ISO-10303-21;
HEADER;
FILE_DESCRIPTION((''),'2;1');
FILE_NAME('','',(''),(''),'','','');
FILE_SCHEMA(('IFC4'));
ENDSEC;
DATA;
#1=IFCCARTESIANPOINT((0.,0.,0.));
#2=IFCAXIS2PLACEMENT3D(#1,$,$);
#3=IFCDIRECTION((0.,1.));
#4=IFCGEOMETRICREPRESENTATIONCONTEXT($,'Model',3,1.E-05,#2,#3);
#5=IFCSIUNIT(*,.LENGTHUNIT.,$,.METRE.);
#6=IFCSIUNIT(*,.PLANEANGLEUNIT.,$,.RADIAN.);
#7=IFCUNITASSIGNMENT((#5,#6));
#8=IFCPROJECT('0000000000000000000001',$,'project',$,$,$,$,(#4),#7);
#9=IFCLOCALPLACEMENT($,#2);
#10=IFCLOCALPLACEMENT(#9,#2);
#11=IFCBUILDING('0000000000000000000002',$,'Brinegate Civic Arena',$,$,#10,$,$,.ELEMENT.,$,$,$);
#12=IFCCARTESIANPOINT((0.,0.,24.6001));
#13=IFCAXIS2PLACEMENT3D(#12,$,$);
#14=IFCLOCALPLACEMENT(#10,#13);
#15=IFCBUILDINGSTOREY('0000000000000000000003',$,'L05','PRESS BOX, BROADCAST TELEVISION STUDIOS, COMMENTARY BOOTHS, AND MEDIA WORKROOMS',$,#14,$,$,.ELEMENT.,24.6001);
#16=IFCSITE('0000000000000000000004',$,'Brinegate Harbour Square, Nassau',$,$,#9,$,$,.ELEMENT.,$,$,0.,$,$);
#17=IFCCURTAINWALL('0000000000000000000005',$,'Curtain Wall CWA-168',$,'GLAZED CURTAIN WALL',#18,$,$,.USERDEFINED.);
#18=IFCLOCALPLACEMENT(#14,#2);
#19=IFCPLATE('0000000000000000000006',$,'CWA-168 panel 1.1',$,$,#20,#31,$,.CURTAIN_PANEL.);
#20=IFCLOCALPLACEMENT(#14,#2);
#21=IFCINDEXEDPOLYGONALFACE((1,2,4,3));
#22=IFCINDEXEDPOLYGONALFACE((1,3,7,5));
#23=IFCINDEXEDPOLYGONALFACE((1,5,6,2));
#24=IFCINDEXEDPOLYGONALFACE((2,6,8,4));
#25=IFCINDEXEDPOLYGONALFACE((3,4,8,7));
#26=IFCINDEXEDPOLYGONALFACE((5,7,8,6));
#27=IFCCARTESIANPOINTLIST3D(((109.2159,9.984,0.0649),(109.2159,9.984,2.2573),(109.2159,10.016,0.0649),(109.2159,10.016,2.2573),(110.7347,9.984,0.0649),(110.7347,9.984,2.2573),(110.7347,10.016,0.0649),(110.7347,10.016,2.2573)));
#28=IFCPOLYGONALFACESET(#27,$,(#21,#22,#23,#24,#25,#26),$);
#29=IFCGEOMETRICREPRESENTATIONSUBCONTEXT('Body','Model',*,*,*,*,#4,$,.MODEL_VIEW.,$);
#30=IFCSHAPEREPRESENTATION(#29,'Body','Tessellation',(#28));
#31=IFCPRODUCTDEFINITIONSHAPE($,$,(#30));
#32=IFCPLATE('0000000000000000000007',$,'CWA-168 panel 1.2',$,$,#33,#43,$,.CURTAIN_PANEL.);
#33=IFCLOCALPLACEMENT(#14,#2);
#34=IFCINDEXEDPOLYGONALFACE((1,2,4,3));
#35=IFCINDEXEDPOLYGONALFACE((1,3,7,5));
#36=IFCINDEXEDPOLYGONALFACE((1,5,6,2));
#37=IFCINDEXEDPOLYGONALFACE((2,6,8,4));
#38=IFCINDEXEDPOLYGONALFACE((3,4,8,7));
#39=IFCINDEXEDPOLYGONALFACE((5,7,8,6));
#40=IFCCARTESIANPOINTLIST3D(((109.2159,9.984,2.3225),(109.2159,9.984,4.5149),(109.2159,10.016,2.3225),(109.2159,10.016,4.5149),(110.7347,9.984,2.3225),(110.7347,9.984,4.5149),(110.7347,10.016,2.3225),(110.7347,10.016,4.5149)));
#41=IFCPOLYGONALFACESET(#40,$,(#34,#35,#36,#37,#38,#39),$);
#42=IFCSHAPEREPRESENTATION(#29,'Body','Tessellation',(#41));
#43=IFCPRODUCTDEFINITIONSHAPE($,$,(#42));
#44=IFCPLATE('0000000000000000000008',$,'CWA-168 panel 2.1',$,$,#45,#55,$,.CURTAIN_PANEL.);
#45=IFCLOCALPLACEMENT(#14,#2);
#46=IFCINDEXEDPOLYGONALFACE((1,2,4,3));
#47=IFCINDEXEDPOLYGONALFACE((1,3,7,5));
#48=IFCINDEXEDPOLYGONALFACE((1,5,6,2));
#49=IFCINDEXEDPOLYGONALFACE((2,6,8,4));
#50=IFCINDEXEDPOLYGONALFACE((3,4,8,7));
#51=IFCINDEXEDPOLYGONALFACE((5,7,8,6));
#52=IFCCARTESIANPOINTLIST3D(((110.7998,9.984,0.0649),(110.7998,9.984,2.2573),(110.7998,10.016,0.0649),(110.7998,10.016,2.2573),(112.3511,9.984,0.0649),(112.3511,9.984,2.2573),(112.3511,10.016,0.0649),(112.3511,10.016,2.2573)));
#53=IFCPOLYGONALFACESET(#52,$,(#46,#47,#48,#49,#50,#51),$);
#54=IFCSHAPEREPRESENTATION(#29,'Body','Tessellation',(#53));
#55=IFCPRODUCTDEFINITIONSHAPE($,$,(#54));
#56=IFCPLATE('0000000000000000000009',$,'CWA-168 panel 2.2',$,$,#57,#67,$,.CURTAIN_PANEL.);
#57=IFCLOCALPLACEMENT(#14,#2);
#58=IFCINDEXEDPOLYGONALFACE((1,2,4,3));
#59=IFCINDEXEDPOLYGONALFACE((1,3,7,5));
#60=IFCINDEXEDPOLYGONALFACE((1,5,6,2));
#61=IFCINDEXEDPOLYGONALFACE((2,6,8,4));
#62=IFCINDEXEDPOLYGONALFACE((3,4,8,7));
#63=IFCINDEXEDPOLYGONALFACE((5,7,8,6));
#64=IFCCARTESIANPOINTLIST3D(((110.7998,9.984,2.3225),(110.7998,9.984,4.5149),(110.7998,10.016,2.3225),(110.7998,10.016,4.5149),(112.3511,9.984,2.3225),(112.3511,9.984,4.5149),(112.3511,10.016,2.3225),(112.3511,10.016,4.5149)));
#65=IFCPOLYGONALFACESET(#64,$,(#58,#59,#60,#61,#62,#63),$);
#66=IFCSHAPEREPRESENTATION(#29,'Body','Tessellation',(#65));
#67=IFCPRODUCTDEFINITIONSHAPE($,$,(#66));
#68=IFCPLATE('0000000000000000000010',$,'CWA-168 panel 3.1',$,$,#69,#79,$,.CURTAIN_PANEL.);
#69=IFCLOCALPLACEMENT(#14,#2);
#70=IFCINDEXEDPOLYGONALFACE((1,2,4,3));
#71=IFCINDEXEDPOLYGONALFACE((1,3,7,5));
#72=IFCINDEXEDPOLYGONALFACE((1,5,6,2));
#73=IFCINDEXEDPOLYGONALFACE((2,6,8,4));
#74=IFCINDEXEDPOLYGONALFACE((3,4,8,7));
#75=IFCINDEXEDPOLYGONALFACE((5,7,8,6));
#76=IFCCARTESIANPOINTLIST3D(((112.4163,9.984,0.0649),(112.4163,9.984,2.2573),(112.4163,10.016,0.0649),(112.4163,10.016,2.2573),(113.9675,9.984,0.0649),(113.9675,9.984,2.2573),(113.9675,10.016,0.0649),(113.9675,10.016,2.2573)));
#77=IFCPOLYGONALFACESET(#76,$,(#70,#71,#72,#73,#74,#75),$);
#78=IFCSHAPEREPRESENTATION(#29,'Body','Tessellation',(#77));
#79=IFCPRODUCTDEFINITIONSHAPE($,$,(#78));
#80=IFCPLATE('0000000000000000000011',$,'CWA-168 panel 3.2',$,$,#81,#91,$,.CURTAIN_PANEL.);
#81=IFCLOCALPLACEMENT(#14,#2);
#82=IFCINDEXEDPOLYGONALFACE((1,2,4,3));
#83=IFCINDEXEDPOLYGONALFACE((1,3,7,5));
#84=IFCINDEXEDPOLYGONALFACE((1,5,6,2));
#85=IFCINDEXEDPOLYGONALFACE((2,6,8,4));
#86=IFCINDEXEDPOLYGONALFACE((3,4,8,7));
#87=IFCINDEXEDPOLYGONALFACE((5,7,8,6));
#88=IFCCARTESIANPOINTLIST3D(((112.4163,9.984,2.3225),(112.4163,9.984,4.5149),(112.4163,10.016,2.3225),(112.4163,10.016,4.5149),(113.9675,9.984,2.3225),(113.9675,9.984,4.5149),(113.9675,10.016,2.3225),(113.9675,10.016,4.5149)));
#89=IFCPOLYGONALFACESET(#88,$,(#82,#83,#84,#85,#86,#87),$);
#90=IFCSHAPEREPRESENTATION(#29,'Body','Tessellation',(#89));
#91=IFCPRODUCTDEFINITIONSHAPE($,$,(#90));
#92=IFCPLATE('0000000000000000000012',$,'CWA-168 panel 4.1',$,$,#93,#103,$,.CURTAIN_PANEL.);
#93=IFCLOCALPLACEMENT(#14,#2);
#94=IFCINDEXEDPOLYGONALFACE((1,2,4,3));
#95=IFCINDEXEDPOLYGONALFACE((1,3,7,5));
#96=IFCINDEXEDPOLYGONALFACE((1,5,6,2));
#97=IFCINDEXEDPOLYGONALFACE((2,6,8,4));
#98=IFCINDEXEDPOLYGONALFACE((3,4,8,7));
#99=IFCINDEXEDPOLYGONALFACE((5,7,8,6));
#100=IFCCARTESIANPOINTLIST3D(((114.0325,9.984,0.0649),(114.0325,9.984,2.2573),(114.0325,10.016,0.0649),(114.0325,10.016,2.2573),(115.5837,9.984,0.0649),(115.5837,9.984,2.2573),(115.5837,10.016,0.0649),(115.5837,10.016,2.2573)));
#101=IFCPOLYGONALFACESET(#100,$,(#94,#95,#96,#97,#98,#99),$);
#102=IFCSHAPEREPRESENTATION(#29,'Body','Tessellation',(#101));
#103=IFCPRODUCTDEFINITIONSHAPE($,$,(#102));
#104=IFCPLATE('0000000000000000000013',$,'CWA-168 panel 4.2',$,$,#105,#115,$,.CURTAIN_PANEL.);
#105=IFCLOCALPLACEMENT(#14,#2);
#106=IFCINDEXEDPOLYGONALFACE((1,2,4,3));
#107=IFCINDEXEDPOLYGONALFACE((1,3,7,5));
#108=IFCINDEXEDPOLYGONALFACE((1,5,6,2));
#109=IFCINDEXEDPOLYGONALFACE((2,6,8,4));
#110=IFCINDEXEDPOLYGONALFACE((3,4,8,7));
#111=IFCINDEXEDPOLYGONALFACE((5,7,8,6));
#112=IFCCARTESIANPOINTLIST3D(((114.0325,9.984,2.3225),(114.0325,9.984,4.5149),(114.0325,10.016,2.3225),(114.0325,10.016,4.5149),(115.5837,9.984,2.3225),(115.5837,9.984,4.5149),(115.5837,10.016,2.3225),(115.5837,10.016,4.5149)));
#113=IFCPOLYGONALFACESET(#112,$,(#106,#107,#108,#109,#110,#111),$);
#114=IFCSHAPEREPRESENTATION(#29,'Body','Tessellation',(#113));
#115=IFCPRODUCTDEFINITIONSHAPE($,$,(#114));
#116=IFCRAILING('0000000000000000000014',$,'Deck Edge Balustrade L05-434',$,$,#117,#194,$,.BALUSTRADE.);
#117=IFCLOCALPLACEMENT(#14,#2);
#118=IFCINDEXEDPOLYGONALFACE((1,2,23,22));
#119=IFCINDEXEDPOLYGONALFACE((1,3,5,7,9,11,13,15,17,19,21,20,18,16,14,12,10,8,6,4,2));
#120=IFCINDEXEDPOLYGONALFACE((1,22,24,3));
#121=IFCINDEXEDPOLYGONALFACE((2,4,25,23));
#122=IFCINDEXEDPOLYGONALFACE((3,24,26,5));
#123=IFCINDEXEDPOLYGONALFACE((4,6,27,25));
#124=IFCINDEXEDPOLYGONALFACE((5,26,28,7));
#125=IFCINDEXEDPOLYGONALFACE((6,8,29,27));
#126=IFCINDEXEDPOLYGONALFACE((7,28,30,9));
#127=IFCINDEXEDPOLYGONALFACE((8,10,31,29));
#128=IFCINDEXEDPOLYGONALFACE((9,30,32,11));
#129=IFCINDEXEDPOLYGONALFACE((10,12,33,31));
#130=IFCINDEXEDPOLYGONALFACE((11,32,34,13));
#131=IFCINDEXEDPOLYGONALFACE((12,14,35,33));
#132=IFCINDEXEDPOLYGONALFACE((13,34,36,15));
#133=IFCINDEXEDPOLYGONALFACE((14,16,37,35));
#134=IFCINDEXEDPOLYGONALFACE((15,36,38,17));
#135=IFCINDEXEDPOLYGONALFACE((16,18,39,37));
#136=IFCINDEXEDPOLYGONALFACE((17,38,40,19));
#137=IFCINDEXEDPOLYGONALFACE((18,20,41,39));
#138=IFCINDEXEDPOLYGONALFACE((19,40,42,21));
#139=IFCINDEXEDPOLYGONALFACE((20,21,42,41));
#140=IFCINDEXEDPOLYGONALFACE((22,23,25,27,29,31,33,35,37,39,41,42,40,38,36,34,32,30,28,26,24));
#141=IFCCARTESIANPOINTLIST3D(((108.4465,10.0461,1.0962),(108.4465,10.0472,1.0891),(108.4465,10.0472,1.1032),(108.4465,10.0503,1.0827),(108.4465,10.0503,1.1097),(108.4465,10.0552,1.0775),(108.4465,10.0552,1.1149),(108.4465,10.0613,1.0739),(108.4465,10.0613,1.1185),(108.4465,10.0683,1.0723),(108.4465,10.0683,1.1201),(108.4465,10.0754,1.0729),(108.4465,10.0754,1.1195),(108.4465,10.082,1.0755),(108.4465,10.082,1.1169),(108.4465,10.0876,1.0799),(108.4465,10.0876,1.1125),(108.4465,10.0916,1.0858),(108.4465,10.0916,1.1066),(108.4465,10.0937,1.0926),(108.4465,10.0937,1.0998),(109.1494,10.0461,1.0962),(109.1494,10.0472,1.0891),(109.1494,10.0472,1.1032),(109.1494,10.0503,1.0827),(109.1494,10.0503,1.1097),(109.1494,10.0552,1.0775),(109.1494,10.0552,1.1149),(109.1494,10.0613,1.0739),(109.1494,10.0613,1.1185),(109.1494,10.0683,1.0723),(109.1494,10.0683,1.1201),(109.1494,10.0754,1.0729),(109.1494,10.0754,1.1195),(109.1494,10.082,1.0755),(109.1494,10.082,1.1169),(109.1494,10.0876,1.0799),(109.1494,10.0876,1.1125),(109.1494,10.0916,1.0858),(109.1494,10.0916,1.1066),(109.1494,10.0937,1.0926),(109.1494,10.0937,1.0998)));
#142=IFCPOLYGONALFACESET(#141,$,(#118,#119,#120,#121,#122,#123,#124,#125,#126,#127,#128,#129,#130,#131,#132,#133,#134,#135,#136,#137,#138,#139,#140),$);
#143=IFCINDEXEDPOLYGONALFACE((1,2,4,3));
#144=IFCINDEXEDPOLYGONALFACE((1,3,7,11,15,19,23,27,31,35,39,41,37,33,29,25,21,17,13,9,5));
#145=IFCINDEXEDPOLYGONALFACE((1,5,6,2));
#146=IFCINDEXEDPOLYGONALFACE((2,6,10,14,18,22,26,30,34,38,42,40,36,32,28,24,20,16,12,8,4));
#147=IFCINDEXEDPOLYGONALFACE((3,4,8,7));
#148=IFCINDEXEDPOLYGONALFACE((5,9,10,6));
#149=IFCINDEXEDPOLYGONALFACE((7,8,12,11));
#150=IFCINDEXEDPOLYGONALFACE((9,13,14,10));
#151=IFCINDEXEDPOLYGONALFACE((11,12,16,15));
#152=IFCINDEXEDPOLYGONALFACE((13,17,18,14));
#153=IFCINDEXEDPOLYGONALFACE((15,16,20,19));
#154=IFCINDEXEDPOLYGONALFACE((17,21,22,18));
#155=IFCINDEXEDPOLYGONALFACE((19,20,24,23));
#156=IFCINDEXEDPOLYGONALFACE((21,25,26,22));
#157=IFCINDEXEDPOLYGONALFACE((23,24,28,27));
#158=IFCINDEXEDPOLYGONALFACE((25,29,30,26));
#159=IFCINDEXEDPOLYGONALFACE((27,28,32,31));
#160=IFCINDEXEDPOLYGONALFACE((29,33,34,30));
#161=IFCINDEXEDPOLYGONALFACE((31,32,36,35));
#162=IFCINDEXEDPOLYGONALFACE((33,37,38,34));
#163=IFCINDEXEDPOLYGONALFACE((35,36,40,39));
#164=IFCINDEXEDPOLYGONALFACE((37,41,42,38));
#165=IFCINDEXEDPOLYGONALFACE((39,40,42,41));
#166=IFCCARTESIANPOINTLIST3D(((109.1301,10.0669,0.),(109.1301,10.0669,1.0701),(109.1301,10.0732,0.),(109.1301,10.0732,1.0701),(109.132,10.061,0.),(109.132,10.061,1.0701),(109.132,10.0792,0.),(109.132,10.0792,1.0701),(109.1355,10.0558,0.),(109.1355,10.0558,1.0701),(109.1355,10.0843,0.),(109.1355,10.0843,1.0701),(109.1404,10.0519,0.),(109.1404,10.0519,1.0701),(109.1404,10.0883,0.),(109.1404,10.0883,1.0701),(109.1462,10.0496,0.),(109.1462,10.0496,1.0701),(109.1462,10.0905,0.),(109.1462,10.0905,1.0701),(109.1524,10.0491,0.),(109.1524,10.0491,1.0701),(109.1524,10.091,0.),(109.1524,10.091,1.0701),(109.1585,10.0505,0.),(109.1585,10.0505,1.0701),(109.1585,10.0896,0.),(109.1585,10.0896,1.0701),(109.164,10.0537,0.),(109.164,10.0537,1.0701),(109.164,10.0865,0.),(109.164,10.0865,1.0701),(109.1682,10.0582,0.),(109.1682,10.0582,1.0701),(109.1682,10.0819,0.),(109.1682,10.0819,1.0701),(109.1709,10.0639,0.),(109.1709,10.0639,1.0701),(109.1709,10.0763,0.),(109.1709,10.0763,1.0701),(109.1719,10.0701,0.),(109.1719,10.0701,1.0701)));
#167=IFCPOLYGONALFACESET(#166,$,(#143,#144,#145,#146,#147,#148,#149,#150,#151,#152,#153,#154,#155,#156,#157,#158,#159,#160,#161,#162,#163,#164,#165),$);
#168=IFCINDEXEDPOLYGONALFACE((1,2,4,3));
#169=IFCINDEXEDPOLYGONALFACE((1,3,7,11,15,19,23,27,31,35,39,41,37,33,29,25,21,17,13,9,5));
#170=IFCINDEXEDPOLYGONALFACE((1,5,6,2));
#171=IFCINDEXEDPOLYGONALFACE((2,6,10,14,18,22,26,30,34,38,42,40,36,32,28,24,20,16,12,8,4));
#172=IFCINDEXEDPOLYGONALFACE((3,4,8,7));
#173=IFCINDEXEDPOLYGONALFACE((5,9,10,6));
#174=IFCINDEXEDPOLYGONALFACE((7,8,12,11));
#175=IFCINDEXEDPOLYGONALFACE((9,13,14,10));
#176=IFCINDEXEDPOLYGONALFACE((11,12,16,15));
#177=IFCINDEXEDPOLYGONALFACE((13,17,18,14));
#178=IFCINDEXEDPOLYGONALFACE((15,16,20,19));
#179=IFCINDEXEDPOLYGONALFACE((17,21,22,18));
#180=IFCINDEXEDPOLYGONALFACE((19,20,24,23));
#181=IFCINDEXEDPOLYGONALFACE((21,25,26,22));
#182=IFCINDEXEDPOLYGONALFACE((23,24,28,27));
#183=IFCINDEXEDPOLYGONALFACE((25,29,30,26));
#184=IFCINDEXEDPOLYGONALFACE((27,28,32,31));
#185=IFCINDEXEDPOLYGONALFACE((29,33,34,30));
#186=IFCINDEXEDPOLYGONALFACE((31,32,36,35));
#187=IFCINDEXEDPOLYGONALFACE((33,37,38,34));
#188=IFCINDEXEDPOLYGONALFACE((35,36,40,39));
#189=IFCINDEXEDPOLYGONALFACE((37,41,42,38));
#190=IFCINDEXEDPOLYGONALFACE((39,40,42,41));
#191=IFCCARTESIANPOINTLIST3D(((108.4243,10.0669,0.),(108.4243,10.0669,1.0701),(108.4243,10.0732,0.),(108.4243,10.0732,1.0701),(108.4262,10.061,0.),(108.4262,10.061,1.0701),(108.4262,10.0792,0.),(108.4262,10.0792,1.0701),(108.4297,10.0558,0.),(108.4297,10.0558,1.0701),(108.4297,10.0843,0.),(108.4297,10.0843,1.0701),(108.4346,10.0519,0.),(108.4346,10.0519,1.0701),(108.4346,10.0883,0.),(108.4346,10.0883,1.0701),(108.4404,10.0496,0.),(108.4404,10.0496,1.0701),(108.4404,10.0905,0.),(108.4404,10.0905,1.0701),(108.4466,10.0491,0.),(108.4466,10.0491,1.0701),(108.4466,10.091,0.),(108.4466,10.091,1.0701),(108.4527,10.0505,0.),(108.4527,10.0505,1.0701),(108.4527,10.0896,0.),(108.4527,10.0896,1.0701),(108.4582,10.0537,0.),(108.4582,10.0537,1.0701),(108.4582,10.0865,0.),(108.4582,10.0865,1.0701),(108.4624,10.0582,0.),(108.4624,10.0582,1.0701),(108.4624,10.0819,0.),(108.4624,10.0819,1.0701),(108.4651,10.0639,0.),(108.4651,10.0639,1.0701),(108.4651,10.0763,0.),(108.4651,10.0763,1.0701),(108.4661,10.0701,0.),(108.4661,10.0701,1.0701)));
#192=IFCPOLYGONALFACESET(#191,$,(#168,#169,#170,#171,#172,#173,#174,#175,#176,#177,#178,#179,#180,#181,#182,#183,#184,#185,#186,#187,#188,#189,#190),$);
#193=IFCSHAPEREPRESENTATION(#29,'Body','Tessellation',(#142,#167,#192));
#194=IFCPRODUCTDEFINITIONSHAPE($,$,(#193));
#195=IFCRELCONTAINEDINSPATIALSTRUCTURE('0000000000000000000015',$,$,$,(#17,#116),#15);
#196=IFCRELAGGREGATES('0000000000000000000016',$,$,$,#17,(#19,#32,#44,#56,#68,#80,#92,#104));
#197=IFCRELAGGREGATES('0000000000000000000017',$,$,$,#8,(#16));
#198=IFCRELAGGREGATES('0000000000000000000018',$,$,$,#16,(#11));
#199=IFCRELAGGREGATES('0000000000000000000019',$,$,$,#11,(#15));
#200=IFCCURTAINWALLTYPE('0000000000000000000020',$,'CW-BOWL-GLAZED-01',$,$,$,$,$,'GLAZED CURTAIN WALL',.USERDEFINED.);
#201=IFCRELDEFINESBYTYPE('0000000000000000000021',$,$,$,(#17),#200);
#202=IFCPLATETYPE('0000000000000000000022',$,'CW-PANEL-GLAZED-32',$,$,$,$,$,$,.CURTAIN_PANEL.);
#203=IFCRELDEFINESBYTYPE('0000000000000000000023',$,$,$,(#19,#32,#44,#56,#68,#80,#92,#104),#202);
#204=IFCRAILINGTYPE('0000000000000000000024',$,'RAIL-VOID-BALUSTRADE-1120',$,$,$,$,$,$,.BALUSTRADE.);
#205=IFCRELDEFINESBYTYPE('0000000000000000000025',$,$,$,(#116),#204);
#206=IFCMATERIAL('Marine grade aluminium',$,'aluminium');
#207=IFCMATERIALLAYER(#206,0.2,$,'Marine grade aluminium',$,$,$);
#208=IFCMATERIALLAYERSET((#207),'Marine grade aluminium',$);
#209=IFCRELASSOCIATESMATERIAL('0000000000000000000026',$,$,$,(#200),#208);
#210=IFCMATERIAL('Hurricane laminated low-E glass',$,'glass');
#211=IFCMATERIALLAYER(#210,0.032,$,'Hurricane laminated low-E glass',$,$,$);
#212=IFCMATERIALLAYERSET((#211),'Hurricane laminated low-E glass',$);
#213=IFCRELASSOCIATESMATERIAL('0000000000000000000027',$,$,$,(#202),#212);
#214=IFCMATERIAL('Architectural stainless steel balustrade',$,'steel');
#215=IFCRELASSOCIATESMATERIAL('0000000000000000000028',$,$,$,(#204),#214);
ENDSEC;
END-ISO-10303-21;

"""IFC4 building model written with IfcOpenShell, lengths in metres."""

from ifc_helpers import new_model, si_unit, direction, frame, origin, origin_2d, place, context, subcontext, project, spatial, rectangle, circle, extrude, material, layer, layer_set, type_object, element, aggregate, save


model = new_model("IFC4")

# Units and contexts
model_context = context("Model", 3, precision=1e-05, world=origin(), true_north=direction((0.0, 1.0)))
body_context = subcontext(model_context, "Body", "Model", "MODEL_VIEW")
ifc_project = project(units=[si_unit("LENGTHUNIT", "METRE"), si_unit("PLANEANGLEUNIT", "RADIAN")], contexts=[model_context])

# Site, building, storey
site_placement = place(None, origin())
site = spatial("IfcSite", under=ifc_project, at=site_placement, Name="Brinegate Harbour Square, Nassau", CompositionType="ELEMENT", RefElevation=0.0)
building_placement = place(site_placement, origin())
building = spatial("IfcBuilding", under=site, at=building_placement, Name="Brinegate Civic Arena", CompositionType="ELEMENT")
storey_placement = place(building_placement, frame((0.0, 0.0, 24.6001)))
storey = spatial("IfcBuildingStorey", under=building, at=storey_placement, Name="L05", Description="PRESS BOX, BROADCAST TELEVISION STUDIOS, COMMENTARY BOOTHS, AND MEDIA WORKROOMS", CompositionType="ELEMENT", Elevation=24.6001)

# Curtain wall
ifc_material_1 = material(Name="Marine grade aluminium", Category="aluminium")
ifc_layer_1 = layer(ifc_material_1, 0.2, Name="Marine grade aluminium")
ifc_layer_set_1 = layer_set([ifc_layer_1], Name="Marine grade aluminium")
curtain_wall_type = type_object("IfcCurtainWallType", Name="CW-BOWL-GLAZED-01", ElementType="GLAZED CURTAIN WALL", PredefinedType="USERDEFINED", material=ifc_layer_set_1)
curtain_wall_placement = place(storey_placement, origin())
curtain_wall = element("IfcCurtainWall", 1, at=curtain_wall_placement, inside=storey, type_object=curtain_wall_type, Name="Curtain Wall CWA-168", ObjectType="GLAZED CURTAIN WALL", PredefinedType="USERDEFINED")

# Plates
ifc_material_2 = material(Name="Hurricane laminated low-E glass", Category="glass")
ifc_layer_2 = layer(ifc_material_2, 0.032, Name="Hurricane laminated low-E glass")
ifc_layer_set_2 = layer_set([ifc_layer_2], Name="Hurricane laminated low-E glass")
plate_type = type_object("IfcPlateType", Name="CW-PANEL-GLAZED-32", PredefinedType="CURTAIN_PANEL", material=ifc_layer_set_2)
plate_1_placement = place(storey_placement, frame((109.9753, 10.0, 0.0649), z_axis=(0.0, 0.0, 1.0), x_axis=(1.0, 0.0, 0.0)))
plate_1 = element("IfcPlate", 2, at=plate_1_placement, type_object=plate_type, Name="CWA-168 panel 1.1", PredefinedType="CURTAIN_PANEL", context=body_context, shape_type="SweptSolid", body=[
    extrude(rectangle(XDim=1.5188, YDim=0.032, at=origin_2d()), origin(), (0.0, 0.0, 1.0), 2.1924),
])
plate_2_placement = place(storey_placement, frame((109.9753, 10.0, 2.3225), z_axis=(0.0, 0.0, 1.0), x_axis=(1.0, 0.0, 0.0)))
plate_2 = element("IfcPlate", 3, at=plate_2_placement, type_object=plate_type, Name="CWA-168 panel 1.2", PredefinedType="CURTAIN_PANEL", context=body_context, shape_type="SweptSolid", body=[
    extrude(rectangle(XDim=1.5188, YDim=0.032, at=origin_2d()), origin(), (0.0, 0.0, 1.0), 2.1924),
])
plate_3_placement = place(storey_placement, frame((111.5754, 10.0, 0.0649), z_axis=(0.0, 0.0, 1.0), x_axis=(1.0, 0.0, 0.0)))
plate_3 = element("IfcPlate", 4, at=plate_3_placement, type_object=plate_type, Name="CWA-168 panel 2.1", PredefinedType="CURTAIN_PANEL", context=body_context, shape_type="SweptSolid", body=[
    extrude(rectangle(XDim=1.5513, YDim=0.032, at=origin_2d()), origin(), (0.0, 0.0, 1.0), 2.1924),
])
plate_4_placement = place(storey_placement, frame((111.5754, 10.0, 2.3225), z_axis=(0.0, 0.0, 1.0), x_axis=(1.0, 0.0, 0.0)))
plate_4 = element("IfcPlate", 5, at=plate_4_placement, type_object=plate_type, Name="CWA-168 panel 2.2", PredefinedType="CURTAIN_PANEL", context=body_context, shape_type="SweptSolid", body=[
    extrude(rectangle(XDim=1.5513, YDim=0.032, at=origin_2d()), origin(), (0.0, 0.0, 1.0), 2.1924),
])
plate_5_placement = place(storey_placement, frame((113.1919, 10.0, 0.0649), z_axis=(0.0, 0.0, 1.0), x_axis=(1.0, 0.0, 0.0)))
plate_5 = element("IfcPlate", 6, at=plate_5_placement, type_object=plate_type, Name="CWA-168 panel 3.1", PredefinedType="CURTAIN_PANEL", context=body_context, shape_type="SweptSolid", body=[
    extrude(rectangle(XDim=1.5513, YDim=0.032, at=origin_2d()), origin(), (0.0, 0.0, 1.0), 2.1924),
])
plate_6_placement = place(storey_placement, frame((113.1919, 10.0, 2.3225), z_axis=(0.0, 0.0, 1.0), x_axis=(1.0, 0.0, 0.0)))
plate_6 = element("IfcPlate", 7, at=plate_6_placement, type_object=plate_type, Name="CWA-168 panel 3.2", PredefinedType="CURTAIN_PANEL", context=body_context, shape_type="SweptSolid", body=[
    extrude(rectangle(XDim=1.5513, YDim=0.032, at=origin_2d()), origin(), (0.0, 0.0, 1.0), 2.1924),
])
plate_7_placement = place(storey_placement, frame((114.8081, 10.0, 0.0649), z_axis=(0.0, 0.0, 1.0), x_axis=(1.0, 0.0, 0.0)))
plate_7 = element("IfcPlate", 8, at=plate_7_placement, type_object=plate_type, Name="CWA-168 panel 4.1", PredefinedType="CURTAIN_PANEL", context=body_context, shape_type="SweptSolid", body=[
    extrude(rectangle(XDim=1.5513, YDim=0.032, at=origin_2d()), origin(), (0.0, 0.0, 1.0), 2.1924),
])
plate_8_placement = place(storey_placement, frame((114.8081, 10.0, 2.3225), z_axis=(0.0, 0.0, 1.0), x_axis=(1.0, 0.0, 0.0)))
plate_8 = element("IfcPlate", 9, at=plate_8_placement, type_object=plate_type, Name="CWA-168 panel 4.2", PredefinedType="CURTAIN_PANEL", context=body_context, shape_type="SweptSolid", body=[
    extrude(rectangle(XDim=1.5513, YDim=0.032, at=origin_2d()), origin(), (0.0, 0.0, 1.0), 2.1924),
])
aggregate(curtain_wall, [plate_1, plate_2, plate_3, plate_4, plate_5, plate_6, plate_7, plate_8])

# Railing
ifc_material_3 = material(Name="Architectural stainless steel balustrade", Category="steel")
railing_type = type_object("IfcRailingType", Name="RAIL-VOID-BALUSTRADE-1120", PredefinedType="BALUSTRADE", material=ifc_material_3)
for number, where, name in (
    (10, (109.1509, 10.0701, 0.0), "Deck Edge Balustrade L05-434"),
):
    element("IfcRailing", number, at=place(storey_placement, frame(where)), inside=storey, type_object=railing_type, Name=name, PredefinedType="BALUSTRADE", context=body_context, shape_type="SweptSolid", body=[
        extrude(circle(Radius=0.0239, at=origin_2d()), frame((-0.0015, 0.0, 1.0962), z_axis=(-1.0, 0.0, 0.0), x_axis=(0.0, -1.0, 0.0)), (0.0, 0.0, 1.0), 0.7029),
        extrude(circle(Radius=0.021, at=origin_2d()), origin(), (0.0, 0.0, 1.0), 1.0701),
        extrude(circle(Radius=0.021, at=origin_2d()), frame((-0.7058, 0.0, 0.0)), (0.0, 0.0, 1.0), 1.0701),
    ])

save(model, "model.ifc")
